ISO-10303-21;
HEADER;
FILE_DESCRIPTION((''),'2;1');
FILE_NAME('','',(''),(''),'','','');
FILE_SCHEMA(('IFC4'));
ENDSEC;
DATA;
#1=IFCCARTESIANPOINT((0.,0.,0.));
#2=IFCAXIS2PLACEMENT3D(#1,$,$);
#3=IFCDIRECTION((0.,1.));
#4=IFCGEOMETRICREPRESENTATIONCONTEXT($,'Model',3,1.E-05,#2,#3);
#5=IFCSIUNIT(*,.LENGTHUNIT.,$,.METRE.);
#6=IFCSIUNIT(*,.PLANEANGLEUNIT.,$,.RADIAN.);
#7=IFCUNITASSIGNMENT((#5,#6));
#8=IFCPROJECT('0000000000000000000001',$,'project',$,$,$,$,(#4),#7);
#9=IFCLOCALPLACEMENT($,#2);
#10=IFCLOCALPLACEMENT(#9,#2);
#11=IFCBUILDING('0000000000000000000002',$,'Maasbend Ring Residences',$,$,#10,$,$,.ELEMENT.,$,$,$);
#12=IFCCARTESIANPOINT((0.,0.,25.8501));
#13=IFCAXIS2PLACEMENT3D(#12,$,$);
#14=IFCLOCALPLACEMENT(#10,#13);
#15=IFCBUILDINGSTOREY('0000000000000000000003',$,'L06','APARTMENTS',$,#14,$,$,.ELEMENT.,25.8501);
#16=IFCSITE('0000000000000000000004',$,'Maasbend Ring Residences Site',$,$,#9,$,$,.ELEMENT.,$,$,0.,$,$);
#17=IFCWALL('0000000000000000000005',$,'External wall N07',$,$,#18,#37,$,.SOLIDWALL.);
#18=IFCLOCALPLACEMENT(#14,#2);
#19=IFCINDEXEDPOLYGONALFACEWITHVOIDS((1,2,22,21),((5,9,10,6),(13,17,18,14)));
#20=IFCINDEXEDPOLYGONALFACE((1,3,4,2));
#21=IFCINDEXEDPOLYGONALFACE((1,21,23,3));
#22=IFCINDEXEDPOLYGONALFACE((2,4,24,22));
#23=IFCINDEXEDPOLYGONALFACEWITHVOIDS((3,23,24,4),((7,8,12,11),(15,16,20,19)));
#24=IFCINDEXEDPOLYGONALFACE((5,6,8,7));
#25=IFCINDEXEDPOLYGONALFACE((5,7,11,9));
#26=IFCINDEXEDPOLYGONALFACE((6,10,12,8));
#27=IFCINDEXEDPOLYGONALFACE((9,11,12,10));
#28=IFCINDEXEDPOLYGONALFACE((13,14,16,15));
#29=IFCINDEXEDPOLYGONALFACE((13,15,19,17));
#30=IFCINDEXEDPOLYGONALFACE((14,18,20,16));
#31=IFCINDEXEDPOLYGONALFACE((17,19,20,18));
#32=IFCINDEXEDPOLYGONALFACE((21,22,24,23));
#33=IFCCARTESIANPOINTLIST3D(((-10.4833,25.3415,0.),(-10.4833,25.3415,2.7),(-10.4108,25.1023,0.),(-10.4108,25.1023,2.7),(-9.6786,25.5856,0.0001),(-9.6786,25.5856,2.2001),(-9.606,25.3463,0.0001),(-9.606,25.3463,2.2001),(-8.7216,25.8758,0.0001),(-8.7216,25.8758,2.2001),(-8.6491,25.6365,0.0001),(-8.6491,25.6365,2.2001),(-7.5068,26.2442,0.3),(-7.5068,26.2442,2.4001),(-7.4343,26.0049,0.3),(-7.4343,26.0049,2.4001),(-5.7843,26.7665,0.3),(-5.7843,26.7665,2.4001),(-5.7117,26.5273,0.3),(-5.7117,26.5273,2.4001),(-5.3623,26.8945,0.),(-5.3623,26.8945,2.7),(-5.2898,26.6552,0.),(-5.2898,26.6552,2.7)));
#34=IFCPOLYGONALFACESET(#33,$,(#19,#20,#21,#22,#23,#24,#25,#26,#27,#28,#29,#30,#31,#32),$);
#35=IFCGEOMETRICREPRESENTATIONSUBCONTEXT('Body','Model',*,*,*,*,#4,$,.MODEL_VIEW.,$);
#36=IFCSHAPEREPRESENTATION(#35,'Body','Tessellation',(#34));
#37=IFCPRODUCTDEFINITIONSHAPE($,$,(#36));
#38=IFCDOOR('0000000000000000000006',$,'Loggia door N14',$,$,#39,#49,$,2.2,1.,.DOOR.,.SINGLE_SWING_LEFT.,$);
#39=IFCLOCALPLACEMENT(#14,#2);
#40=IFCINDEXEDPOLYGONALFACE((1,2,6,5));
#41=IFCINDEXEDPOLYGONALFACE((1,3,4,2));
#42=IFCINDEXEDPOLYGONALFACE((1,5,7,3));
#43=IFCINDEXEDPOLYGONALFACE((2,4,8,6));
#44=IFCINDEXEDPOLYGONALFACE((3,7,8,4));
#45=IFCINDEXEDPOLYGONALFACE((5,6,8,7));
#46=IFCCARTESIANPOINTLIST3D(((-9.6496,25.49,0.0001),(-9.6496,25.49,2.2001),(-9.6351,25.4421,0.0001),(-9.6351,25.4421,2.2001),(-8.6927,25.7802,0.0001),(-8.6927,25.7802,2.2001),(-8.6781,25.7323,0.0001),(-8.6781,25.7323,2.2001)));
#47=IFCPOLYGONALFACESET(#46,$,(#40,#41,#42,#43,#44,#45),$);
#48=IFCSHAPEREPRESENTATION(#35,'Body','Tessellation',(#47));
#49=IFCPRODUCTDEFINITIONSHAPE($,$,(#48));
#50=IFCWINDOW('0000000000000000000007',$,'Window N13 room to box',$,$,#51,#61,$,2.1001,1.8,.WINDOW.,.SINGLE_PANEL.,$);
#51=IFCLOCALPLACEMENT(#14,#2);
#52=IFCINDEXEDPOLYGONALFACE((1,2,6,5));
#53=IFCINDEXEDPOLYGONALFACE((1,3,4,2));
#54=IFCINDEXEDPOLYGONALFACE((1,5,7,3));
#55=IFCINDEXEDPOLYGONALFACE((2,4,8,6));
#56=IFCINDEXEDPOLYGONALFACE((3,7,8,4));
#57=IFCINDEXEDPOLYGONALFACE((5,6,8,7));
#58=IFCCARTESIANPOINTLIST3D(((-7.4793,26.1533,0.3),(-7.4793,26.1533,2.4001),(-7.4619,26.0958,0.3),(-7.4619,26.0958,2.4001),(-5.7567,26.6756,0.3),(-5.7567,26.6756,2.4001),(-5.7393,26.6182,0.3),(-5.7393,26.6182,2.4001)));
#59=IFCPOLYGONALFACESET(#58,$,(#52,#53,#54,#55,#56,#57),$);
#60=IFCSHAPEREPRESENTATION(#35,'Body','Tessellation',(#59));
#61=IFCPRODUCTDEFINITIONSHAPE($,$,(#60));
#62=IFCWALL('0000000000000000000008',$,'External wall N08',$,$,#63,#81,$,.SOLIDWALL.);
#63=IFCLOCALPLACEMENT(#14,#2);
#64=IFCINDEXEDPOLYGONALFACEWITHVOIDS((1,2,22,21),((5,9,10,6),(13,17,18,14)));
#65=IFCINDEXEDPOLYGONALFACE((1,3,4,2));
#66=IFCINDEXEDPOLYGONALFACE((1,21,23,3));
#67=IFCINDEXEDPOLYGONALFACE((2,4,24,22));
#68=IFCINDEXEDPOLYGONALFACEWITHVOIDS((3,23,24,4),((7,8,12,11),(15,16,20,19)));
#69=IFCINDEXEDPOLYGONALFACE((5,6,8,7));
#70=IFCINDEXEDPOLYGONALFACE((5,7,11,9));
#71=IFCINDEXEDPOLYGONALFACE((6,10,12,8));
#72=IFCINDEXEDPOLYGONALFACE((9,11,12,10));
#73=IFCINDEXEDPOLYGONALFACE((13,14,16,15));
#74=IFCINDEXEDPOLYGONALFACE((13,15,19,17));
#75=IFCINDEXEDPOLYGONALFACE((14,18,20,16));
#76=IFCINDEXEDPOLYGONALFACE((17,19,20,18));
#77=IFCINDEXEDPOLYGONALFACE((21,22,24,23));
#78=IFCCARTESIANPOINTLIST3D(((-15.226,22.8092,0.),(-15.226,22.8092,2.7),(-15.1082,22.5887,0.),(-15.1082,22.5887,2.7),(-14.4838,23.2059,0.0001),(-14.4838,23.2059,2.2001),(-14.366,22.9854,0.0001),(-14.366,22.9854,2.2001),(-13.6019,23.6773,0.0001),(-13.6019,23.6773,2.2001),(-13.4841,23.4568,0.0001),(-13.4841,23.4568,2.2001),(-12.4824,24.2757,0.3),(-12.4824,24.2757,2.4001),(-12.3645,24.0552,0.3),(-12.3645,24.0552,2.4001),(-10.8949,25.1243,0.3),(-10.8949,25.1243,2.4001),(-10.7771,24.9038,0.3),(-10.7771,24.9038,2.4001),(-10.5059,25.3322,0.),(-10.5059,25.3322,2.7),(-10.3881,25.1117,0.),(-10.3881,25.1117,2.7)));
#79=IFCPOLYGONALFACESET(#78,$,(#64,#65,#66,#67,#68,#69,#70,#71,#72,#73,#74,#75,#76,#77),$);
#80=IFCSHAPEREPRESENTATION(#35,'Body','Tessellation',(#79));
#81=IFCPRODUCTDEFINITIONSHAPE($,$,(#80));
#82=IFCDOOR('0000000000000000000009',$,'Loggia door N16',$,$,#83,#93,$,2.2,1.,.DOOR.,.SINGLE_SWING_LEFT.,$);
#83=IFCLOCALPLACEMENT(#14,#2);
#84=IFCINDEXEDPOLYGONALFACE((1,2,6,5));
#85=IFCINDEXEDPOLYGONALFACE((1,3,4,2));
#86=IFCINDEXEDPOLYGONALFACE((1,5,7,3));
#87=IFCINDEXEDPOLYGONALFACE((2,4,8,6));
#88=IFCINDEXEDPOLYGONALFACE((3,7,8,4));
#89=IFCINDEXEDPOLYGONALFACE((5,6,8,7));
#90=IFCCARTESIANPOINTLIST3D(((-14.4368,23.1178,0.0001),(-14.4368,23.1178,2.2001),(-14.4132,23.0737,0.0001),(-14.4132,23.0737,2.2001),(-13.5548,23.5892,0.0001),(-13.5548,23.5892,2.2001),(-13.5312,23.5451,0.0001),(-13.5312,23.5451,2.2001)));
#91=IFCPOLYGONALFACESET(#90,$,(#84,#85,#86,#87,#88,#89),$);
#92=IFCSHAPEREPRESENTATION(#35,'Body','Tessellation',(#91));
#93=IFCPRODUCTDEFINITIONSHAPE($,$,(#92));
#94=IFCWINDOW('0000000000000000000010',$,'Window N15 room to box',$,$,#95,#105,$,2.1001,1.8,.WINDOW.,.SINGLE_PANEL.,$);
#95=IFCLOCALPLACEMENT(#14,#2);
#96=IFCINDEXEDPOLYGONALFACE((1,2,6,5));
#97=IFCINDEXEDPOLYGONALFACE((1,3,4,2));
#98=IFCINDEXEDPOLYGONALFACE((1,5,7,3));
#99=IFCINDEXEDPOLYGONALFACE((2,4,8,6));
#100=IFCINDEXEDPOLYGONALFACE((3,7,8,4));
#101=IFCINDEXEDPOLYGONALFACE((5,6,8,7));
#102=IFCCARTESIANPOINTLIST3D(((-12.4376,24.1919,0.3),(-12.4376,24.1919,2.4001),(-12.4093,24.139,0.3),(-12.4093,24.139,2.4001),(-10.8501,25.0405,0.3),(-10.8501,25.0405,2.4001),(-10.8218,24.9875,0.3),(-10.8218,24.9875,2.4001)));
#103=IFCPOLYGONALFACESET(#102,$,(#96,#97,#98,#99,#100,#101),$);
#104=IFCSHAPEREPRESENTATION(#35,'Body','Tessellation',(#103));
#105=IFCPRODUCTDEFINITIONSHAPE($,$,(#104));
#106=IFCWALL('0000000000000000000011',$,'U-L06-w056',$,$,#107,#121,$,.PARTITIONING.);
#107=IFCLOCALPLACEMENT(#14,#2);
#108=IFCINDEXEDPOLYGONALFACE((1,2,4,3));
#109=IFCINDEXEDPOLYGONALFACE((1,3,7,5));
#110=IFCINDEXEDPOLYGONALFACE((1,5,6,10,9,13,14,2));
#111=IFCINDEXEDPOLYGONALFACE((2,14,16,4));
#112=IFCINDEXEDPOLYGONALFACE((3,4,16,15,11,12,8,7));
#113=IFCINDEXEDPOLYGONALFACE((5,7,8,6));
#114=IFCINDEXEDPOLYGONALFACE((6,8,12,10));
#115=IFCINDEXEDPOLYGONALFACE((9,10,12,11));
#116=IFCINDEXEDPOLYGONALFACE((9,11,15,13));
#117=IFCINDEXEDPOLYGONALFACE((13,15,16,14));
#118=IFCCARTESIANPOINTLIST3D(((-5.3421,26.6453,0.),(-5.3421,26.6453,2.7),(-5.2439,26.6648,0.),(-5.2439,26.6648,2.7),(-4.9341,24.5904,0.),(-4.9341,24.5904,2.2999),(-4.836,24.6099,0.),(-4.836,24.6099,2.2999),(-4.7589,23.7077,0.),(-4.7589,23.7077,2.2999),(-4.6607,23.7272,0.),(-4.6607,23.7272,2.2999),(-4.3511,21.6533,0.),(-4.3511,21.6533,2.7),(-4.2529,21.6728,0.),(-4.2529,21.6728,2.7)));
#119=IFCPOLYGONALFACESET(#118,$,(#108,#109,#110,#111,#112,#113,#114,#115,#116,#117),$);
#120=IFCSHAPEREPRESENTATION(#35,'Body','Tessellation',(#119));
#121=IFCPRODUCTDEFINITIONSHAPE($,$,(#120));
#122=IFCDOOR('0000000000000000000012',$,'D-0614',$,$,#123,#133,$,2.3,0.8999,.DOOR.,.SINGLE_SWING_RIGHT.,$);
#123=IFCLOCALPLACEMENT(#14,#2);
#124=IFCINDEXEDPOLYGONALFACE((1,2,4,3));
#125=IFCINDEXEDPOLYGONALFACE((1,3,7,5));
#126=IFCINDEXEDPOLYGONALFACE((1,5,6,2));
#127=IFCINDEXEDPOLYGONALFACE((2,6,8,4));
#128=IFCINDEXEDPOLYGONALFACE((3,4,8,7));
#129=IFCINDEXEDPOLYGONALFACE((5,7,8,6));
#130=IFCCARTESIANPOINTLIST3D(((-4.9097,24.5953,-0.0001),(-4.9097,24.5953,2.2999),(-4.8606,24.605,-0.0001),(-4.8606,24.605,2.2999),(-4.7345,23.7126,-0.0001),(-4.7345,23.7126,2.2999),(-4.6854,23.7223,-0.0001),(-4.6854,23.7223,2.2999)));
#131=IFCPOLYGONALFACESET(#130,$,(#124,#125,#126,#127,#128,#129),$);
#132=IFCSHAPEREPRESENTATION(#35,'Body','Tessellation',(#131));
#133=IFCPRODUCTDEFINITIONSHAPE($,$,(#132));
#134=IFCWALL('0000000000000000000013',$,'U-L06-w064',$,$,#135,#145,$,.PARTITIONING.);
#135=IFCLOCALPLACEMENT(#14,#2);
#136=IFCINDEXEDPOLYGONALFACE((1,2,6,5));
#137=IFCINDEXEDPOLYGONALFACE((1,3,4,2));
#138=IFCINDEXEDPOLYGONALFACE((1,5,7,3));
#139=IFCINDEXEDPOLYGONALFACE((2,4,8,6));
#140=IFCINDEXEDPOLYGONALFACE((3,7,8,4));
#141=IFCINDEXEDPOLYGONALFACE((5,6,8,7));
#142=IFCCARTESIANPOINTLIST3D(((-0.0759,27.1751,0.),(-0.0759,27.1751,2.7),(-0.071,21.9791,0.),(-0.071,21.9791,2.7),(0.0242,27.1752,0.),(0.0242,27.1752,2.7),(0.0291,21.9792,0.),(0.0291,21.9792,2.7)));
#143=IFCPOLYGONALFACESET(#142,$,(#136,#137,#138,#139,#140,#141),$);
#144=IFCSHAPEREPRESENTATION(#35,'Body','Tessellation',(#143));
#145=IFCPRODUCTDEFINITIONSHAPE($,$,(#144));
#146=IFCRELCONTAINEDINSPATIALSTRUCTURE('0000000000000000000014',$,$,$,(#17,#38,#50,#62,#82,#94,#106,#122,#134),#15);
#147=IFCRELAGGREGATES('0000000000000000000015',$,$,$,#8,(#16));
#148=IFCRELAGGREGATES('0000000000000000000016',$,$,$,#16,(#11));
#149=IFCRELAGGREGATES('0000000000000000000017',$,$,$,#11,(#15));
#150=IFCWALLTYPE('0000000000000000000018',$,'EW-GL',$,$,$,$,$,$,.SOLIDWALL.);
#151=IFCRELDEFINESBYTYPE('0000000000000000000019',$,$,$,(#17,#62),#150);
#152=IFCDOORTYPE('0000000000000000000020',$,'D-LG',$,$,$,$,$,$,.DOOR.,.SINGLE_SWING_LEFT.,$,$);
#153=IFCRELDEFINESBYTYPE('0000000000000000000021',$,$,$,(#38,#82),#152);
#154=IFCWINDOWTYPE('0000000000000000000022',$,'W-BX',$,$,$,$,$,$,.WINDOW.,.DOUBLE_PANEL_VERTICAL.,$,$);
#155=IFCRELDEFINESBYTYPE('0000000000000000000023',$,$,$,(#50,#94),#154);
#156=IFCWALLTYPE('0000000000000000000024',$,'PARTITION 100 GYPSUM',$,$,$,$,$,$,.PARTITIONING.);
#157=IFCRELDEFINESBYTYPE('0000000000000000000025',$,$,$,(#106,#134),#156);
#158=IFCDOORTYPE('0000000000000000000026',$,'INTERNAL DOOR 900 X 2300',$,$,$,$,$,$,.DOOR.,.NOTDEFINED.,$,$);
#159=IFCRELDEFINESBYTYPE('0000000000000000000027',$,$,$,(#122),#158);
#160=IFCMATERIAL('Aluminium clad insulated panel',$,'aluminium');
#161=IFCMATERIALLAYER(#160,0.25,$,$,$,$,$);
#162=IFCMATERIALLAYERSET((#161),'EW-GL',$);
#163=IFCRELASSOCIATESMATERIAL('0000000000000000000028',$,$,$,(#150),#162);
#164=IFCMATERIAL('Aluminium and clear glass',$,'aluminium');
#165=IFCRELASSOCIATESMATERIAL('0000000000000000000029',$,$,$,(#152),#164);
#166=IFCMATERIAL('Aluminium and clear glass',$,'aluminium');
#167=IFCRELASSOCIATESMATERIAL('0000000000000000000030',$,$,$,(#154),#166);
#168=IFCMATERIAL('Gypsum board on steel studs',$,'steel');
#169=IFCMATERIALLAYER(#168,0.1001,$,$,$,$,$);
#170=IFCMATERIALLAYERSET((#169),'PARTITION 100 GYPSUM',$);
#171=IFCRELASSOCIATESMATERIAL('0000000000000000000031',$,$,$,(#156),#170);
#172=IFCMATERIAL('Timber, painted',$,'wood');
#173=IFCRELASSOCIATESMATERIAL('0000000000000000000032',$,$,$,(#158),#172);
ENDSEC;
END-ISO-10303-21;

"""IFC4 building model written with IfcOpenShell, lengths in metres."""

from ifc_helpers import new_model, si_unit, direction, frame, frame_2d, origin, place, context, subcontext, project, spatial, rectangle, extrude, material, layer, layer_set, type_object, element, fill, save


model = new_model("IFC4")

# Units and contexts
model_context = context("Model", 3, precision=1e-05, world=origin(), true_north=direction((0.0, 1.0)))
body_context = subcontext(model_context, "Body", "Model", "MODEL_VIEW")
ifc_project = project(units=[si_unit("LENGTHUNIT", "METRE"), si_unit("PLANEANGLEUNIT", "RADIAN")], contexts=[model_context])

# Site, building, storey
site_placement = place(None, origin())
site = spatial("IfcSite", under=ifc_project, at=site_placement, Name="Maasbend Ring Residences Site", CompositionType="ELEMENT", RefElevation=0.0)
building_placement = place(site_placement, origin())
building = spatial("IfcBuilding", under=site, at=building_placement, Name="Maasbend Ring Residences", CompositionType="ELEMENT")
storey_placement = place(building_placement, frame((0.0, 0.0, 25.8501)))
storey = spatial("IfcBuildingStorey", under=building, at=storey_placement, Name="L06", Description="APARTMENTS", CompositionType="ELEMENT", Elevation=25.8501)

# Walls, openings, doors, windows
ifc_material_1 = material(Name="Aluminium clad insulated panel", Category="aluminium")
ifc_layer_1 = layer(ifc_material_1, 0.25)
ifc_layer_set_1 = layer_set([ifc_layer_1], Name="EW-GL")
wall_type_1 = type_object("IfcWallType", Name="EW-GL", PredefinedType="SOLIDWALL", material=ifc_layer_set_1)
wall_1_placement = place(storey_placement, frame((-5.3259, 26.7749, 0.0), z_axis=(0.0, 0.0, 1.0), x_axis=(-0.956966, -0.290201, 0.0)))
wall_1 = element("IfcWall", 1, at=wall_1_placement, inside=storey, type_object=wall_type_1, Name="External wall N07", PredefinedType="SOLIDWALL", context=body_context, shape_type="SweptSolid", body=[
    extrude(rectangle(XDim=5.3513, YDim=0.25, at=frame_2d((2.6758, 0.0))), origin(), (0.0, 0.0, 1.0), 2.7),
])
opening_1_placement = place(wall_1_placement, frame((0.4412, 0.0, 0.3)))
opening_1 = element("IfcOpeningElement", 2, at=opening_1_placement, cuts=wall_1, PredefinedType="OPENING", context=body_context, shape_type="SweptSolid", body=[
    extrude(rectangle(XDim=1.8, YDim=2.1001, at=frame_2d((0.8999, 1.05))), frame((0.0, 0.135, 0.0), z_axis=(0.0, -1.0, 0.0), x_axis=(1.0, 0.0, 0.0)), (0.0, 0.0, 1.0), 0.27),
])
opening_2_placement = place(wall_1_placement, frame((3.5105, 0.0, 0.0)))
opening_2 = element("IfcOpeningElement", 3, at=opening_2_placement, cuts=wall_1, PredefinedType="OPENING", context=body_context, shape_type="SweptSolid", body=[
    extrude(rectangle(XDim=1.0, YDim=2.2, at=frame_2d((0.5, 1.1001))), frame((0.0, 0.135, 0.0), z_axis=(0.0, -1.0, 0.0), x_axis=(1.0, 0.0, 0.0)), (0.0, 0.0, 1.0), 0.27),
])
ifc_material_2 = material(Name="Aluminium and clear glass", Category="aluminium")
door_type_1 = type_object("IfcDoorType", Name="D-LG", OperationType="SINGLE_SWING_LEFT", PredefinedType="DOOR", material=ifc_material_2)
door_1_placement = place(opening_2_placement, origin())
door_1 = element("IfcDoor", 4, at=door_1_placement, inside=storey, type_object=door_type_1, Name="Loggia door N14", OperationType="SINGLE_SWING_LEFT", OverallHeight=2.2, OverallWidth=1.0, PredefinedType="DOOR", context=body_context, shape_type="SweptSolid", body=[
    extrude(rectangle(XDim=1.0, YDim=2.2, at=frame_2d((0.5, 1.1001))), frame((0.0, 0.0249, 0.0), z_axis=(0.0, -1.0, 0.0), x_axis=(1.0, 0.0, 0.0)), (0.0, 0.0, 1.0), 0.05),
])
fill(opening_2, door_1)
ifc_material_3 = material(Name="Aluminium and clear glass", Category="aluminium")
window_type_1 = type_object("IfcWindowType", Name="W-BX", PartitioningType="DOUBLE_PANEL_VERTICAL", PredefinedType="WINDOW", material=ifc_material_3)
window_1_placement = place(opening_1_placement, origin())
window_1 = element("IfcWindow", 5, at=window_1_placement, inside=storey, type_object=window_type_1, Name="Window N13 room to box", OverallHeight=2.1001, OverallWidth=1.8, PartitioningType="SINGLE_PANEL", PredefinedType="WINDOW", context=body_context, shape_type="SweptSolid", body=[
    extrude(rectangle(XDim=1.8, YDim=2.1001, at=frame_2d((0.8999, 1.05))), frame((0.0, 0.03, 0.0), z_axis=(0.0, -1.0, 0.0), x_axis=(1.0, 0.0, 0.0)), (0.0, 0.0, 1.0), 0.0601),
])
fill(opening_1, window_1)
wall_2_placement = place(storey_placement, frame((-10.447, 25.2219, 0.0), z_axis=(0.0, 0.0, 1.0), x_axis=(-0.881916, -0.471407, 0.0)))
wall_2 = element("IfcWall", 6, at=wall_2_placement, inside=storey, type_object=wall_type_1, Name="External wall N08", PredefinedType="SOLIDWALL", context=body_context, shape_type="SweptSolid", body=[
    extrude(rectangle(XDim=5.3521, YDim=0.25, at=frame_2d((2.676, 0.0))), origin(), (0.0, 0.0, 1.0), 2.7),
])
opening_3_placement = place(wall_2_placement, frame((0.4412, 0.0, 0.3)))
opening_3 = element("IfcOpeningElement", 7, at=opening_3_placement, cuts=wall_2, PredefinedType="OPENING", context=body_context, shape_type="SweptSolid", body=[
    extrude(rectangle(XDim=1.8, YDim=2.1001, at=frame_2d((0.8999, 1.05))), frame((0.0, 0.135, 0.0), z_axis=(0.0, -1.0, 0.0), x_axis=(1.0, 0.0, 0.0)), (0.0, 0.0, 1.0), 0.27),
])
opening_4_placement = place(wall_2_placement, frame((3.5105, 0.0, 0.0)))
opening_4 = element("IfcOpeningElement", 8, at=opening_4_placement, cuts=wall_2, PredefinedType="OPENING", context=body_context, shape_type="SweptSolid", body=[
    extrude(rectangle(XDim=1.0, YDim=2.2, at=frame_2d((0.5, 1.1001))), frame((0.0, 0.135, 0.0), z_axis=(0.0, -1.0, 0.0), x_axis=(1.0, 0.0, 0.0)), (0.0, 0.0, 1.0), 0.27),
])
door_2_placement = place(opening_4_placement, origin())
door_2 = element("IfcDoor", 9, at=door_2_placement, inside=storey, type_object=door_type_1, Name="Loggia door N16", OperationType="SINGLE_SWING_LEFT", OverallHeight=2.2, OverallWidth=1.0, PredefinedType="DOOR", context=body_context, shape_type="SweptSolid", body=[
    extrude(rectangle(XDim=1.0, YDim=2.2, at=frame_2d((0.5, 1.1001))), frame((0.0, 0.0249, 0.0), z_axis=(0.0, -1.0, 0.0), x_axis=(1.0, 0.0, 0.0)), (0.0, 0.0, 1.0), 0.05),
])
fill(opening_4, door_2)
window_2_placement = place(opening_3_placement, origin())
window_2 = element("IfcWindow", 10, at=window_2_placement, inside=storey, type_object=window_type_1, Name="Window N15 room to box", OverallHeight=2.1001, OverallWidth=1.8, PartitioningType="SINGLE_PANEL", PredefinedType="WINDOW", context=body_context, shape_type="SweptSolid", body=[
    extrude(rectangle(XDim=1.8, YDim=2.1001, at=frame_2d((0.8999, 1.05))), frame((0.0, 0.03, 0.0), z_axis=(0.0, -1.0, 0.0), x_axis=(1.0, 0.0, 0.0)), (0.0, 0.0, 1.0), 0.0601),
])
fill(opening_3, window_2)

# Wall, opening, door
ifc_material_4 = material(Name="Gypsum board on steel studs", Category="steel")
ifc_layer_2 = layer(ifc_material_4, 0.1001)
ifc_layer_set_2 = layer_set([ifc_layer_2], Name="PARTITION 100 GYPSUM")
wall_type_2 = type_object("IfcWallType", Name="PARTITION 100 GYPSUM", PredefinedType="PARTITIONING", material=ifc_layer_set_2)
wall_3_placement = place(storey_placement, frame((-5.293, 26.655, 0.0), z_axis=(0.0, 0.0, 1.0), x_axis=(0.194714, -0.98086, 0.0)))
wall_3 = element("IfcWall", 11, at=wall_3_placement, inside=storey, type_object=wall_type_2, Name="U-L06-w056", PredefinedType="PARTITIONING", context=body_context, shape_type="SweptSolid", body=[
    extrude(rectangle(XDim=5.0894, YDim=0.1001, at=frame_2d((2.5447, 0.0))), origin(), (0.0, 0.0, 1.0), 2.7),
])
opening_5_placement = place(wall_3_placement, frame((2.095, 0.0, 0.0)))
opening_5 = element("IfcOpeningElement", 12, at=opening_5_placement, cuts=wall_3, PredefinedType="OPENING", context=body_context, shape_type="SweptSolid", body=[
    extrude(rectangle(XDim=0.8999, YDim=2.3, at=frame_2d((0.45, 1.1499))), frame((0.0, 0.0601, 0.0), z_axis=(0.0, -1.0, 0.0), x_axis=(1.0, 0.0, 0.0)), (0.0, 0.0, 1.0), 0.1201),
])
ifc_material_5 = material(Name="Timber, painted", Category="wood")
door_type_2 = type_object("IfcDoorType", Name="INTERNAL DOOR 900 X 2300", OperationType="NOTDEFINED", PredefinedType="DOOR", material=ifc_material_5)
door_3_placement = place(opening_5_placement, origin())
door_3 = element("IfcDoor", 13, at=door_3_placement, inside=storey, type_object=door_type_2, Name="D-0614", OperationType="SINGLE_SWING_RIGHT", OverallHeight=2.3, OverallWidth=0.8999, PredefinedType="DOOR", context=body_context, shape_type="SweptSolid", body=[
    extrude(rectangle(XDim=0.8999, YDim=2.3, at=frame_2d((0.45, 1.1499))), frame((0.0, 0.0249, 0.0), z_axis=(0.0, -1.0, 0.0), x_axis=(1.0, 0.0, 0.0)), (0.0, 0.0, 1.0), 0.05),
])
fill(opening_5, door_3)

# Wall
wall_4_placement = place(storey_placement, frame((-0.021, 21.979, 0.0), z_axis=(0.0, 0.0, 1.0), x_axis=(-0.00094, 1.0, 0.0)))
element("IfcWall", 14, at=wall_4_placement, inside=storey, type_object=wall_type_2, Name="U-L06-w064", PredefinedType="PARTITIONING", context=body_context, shape_type="SweptSolid", body=[
    extrude(rectangle(XDim=5.196, YDim=0.1001, at=frame_2d((2.5981, 0.0))), origin(), (0.0, 0.0, 1.0), 2.7),
])

save(model, "model.ifc")
